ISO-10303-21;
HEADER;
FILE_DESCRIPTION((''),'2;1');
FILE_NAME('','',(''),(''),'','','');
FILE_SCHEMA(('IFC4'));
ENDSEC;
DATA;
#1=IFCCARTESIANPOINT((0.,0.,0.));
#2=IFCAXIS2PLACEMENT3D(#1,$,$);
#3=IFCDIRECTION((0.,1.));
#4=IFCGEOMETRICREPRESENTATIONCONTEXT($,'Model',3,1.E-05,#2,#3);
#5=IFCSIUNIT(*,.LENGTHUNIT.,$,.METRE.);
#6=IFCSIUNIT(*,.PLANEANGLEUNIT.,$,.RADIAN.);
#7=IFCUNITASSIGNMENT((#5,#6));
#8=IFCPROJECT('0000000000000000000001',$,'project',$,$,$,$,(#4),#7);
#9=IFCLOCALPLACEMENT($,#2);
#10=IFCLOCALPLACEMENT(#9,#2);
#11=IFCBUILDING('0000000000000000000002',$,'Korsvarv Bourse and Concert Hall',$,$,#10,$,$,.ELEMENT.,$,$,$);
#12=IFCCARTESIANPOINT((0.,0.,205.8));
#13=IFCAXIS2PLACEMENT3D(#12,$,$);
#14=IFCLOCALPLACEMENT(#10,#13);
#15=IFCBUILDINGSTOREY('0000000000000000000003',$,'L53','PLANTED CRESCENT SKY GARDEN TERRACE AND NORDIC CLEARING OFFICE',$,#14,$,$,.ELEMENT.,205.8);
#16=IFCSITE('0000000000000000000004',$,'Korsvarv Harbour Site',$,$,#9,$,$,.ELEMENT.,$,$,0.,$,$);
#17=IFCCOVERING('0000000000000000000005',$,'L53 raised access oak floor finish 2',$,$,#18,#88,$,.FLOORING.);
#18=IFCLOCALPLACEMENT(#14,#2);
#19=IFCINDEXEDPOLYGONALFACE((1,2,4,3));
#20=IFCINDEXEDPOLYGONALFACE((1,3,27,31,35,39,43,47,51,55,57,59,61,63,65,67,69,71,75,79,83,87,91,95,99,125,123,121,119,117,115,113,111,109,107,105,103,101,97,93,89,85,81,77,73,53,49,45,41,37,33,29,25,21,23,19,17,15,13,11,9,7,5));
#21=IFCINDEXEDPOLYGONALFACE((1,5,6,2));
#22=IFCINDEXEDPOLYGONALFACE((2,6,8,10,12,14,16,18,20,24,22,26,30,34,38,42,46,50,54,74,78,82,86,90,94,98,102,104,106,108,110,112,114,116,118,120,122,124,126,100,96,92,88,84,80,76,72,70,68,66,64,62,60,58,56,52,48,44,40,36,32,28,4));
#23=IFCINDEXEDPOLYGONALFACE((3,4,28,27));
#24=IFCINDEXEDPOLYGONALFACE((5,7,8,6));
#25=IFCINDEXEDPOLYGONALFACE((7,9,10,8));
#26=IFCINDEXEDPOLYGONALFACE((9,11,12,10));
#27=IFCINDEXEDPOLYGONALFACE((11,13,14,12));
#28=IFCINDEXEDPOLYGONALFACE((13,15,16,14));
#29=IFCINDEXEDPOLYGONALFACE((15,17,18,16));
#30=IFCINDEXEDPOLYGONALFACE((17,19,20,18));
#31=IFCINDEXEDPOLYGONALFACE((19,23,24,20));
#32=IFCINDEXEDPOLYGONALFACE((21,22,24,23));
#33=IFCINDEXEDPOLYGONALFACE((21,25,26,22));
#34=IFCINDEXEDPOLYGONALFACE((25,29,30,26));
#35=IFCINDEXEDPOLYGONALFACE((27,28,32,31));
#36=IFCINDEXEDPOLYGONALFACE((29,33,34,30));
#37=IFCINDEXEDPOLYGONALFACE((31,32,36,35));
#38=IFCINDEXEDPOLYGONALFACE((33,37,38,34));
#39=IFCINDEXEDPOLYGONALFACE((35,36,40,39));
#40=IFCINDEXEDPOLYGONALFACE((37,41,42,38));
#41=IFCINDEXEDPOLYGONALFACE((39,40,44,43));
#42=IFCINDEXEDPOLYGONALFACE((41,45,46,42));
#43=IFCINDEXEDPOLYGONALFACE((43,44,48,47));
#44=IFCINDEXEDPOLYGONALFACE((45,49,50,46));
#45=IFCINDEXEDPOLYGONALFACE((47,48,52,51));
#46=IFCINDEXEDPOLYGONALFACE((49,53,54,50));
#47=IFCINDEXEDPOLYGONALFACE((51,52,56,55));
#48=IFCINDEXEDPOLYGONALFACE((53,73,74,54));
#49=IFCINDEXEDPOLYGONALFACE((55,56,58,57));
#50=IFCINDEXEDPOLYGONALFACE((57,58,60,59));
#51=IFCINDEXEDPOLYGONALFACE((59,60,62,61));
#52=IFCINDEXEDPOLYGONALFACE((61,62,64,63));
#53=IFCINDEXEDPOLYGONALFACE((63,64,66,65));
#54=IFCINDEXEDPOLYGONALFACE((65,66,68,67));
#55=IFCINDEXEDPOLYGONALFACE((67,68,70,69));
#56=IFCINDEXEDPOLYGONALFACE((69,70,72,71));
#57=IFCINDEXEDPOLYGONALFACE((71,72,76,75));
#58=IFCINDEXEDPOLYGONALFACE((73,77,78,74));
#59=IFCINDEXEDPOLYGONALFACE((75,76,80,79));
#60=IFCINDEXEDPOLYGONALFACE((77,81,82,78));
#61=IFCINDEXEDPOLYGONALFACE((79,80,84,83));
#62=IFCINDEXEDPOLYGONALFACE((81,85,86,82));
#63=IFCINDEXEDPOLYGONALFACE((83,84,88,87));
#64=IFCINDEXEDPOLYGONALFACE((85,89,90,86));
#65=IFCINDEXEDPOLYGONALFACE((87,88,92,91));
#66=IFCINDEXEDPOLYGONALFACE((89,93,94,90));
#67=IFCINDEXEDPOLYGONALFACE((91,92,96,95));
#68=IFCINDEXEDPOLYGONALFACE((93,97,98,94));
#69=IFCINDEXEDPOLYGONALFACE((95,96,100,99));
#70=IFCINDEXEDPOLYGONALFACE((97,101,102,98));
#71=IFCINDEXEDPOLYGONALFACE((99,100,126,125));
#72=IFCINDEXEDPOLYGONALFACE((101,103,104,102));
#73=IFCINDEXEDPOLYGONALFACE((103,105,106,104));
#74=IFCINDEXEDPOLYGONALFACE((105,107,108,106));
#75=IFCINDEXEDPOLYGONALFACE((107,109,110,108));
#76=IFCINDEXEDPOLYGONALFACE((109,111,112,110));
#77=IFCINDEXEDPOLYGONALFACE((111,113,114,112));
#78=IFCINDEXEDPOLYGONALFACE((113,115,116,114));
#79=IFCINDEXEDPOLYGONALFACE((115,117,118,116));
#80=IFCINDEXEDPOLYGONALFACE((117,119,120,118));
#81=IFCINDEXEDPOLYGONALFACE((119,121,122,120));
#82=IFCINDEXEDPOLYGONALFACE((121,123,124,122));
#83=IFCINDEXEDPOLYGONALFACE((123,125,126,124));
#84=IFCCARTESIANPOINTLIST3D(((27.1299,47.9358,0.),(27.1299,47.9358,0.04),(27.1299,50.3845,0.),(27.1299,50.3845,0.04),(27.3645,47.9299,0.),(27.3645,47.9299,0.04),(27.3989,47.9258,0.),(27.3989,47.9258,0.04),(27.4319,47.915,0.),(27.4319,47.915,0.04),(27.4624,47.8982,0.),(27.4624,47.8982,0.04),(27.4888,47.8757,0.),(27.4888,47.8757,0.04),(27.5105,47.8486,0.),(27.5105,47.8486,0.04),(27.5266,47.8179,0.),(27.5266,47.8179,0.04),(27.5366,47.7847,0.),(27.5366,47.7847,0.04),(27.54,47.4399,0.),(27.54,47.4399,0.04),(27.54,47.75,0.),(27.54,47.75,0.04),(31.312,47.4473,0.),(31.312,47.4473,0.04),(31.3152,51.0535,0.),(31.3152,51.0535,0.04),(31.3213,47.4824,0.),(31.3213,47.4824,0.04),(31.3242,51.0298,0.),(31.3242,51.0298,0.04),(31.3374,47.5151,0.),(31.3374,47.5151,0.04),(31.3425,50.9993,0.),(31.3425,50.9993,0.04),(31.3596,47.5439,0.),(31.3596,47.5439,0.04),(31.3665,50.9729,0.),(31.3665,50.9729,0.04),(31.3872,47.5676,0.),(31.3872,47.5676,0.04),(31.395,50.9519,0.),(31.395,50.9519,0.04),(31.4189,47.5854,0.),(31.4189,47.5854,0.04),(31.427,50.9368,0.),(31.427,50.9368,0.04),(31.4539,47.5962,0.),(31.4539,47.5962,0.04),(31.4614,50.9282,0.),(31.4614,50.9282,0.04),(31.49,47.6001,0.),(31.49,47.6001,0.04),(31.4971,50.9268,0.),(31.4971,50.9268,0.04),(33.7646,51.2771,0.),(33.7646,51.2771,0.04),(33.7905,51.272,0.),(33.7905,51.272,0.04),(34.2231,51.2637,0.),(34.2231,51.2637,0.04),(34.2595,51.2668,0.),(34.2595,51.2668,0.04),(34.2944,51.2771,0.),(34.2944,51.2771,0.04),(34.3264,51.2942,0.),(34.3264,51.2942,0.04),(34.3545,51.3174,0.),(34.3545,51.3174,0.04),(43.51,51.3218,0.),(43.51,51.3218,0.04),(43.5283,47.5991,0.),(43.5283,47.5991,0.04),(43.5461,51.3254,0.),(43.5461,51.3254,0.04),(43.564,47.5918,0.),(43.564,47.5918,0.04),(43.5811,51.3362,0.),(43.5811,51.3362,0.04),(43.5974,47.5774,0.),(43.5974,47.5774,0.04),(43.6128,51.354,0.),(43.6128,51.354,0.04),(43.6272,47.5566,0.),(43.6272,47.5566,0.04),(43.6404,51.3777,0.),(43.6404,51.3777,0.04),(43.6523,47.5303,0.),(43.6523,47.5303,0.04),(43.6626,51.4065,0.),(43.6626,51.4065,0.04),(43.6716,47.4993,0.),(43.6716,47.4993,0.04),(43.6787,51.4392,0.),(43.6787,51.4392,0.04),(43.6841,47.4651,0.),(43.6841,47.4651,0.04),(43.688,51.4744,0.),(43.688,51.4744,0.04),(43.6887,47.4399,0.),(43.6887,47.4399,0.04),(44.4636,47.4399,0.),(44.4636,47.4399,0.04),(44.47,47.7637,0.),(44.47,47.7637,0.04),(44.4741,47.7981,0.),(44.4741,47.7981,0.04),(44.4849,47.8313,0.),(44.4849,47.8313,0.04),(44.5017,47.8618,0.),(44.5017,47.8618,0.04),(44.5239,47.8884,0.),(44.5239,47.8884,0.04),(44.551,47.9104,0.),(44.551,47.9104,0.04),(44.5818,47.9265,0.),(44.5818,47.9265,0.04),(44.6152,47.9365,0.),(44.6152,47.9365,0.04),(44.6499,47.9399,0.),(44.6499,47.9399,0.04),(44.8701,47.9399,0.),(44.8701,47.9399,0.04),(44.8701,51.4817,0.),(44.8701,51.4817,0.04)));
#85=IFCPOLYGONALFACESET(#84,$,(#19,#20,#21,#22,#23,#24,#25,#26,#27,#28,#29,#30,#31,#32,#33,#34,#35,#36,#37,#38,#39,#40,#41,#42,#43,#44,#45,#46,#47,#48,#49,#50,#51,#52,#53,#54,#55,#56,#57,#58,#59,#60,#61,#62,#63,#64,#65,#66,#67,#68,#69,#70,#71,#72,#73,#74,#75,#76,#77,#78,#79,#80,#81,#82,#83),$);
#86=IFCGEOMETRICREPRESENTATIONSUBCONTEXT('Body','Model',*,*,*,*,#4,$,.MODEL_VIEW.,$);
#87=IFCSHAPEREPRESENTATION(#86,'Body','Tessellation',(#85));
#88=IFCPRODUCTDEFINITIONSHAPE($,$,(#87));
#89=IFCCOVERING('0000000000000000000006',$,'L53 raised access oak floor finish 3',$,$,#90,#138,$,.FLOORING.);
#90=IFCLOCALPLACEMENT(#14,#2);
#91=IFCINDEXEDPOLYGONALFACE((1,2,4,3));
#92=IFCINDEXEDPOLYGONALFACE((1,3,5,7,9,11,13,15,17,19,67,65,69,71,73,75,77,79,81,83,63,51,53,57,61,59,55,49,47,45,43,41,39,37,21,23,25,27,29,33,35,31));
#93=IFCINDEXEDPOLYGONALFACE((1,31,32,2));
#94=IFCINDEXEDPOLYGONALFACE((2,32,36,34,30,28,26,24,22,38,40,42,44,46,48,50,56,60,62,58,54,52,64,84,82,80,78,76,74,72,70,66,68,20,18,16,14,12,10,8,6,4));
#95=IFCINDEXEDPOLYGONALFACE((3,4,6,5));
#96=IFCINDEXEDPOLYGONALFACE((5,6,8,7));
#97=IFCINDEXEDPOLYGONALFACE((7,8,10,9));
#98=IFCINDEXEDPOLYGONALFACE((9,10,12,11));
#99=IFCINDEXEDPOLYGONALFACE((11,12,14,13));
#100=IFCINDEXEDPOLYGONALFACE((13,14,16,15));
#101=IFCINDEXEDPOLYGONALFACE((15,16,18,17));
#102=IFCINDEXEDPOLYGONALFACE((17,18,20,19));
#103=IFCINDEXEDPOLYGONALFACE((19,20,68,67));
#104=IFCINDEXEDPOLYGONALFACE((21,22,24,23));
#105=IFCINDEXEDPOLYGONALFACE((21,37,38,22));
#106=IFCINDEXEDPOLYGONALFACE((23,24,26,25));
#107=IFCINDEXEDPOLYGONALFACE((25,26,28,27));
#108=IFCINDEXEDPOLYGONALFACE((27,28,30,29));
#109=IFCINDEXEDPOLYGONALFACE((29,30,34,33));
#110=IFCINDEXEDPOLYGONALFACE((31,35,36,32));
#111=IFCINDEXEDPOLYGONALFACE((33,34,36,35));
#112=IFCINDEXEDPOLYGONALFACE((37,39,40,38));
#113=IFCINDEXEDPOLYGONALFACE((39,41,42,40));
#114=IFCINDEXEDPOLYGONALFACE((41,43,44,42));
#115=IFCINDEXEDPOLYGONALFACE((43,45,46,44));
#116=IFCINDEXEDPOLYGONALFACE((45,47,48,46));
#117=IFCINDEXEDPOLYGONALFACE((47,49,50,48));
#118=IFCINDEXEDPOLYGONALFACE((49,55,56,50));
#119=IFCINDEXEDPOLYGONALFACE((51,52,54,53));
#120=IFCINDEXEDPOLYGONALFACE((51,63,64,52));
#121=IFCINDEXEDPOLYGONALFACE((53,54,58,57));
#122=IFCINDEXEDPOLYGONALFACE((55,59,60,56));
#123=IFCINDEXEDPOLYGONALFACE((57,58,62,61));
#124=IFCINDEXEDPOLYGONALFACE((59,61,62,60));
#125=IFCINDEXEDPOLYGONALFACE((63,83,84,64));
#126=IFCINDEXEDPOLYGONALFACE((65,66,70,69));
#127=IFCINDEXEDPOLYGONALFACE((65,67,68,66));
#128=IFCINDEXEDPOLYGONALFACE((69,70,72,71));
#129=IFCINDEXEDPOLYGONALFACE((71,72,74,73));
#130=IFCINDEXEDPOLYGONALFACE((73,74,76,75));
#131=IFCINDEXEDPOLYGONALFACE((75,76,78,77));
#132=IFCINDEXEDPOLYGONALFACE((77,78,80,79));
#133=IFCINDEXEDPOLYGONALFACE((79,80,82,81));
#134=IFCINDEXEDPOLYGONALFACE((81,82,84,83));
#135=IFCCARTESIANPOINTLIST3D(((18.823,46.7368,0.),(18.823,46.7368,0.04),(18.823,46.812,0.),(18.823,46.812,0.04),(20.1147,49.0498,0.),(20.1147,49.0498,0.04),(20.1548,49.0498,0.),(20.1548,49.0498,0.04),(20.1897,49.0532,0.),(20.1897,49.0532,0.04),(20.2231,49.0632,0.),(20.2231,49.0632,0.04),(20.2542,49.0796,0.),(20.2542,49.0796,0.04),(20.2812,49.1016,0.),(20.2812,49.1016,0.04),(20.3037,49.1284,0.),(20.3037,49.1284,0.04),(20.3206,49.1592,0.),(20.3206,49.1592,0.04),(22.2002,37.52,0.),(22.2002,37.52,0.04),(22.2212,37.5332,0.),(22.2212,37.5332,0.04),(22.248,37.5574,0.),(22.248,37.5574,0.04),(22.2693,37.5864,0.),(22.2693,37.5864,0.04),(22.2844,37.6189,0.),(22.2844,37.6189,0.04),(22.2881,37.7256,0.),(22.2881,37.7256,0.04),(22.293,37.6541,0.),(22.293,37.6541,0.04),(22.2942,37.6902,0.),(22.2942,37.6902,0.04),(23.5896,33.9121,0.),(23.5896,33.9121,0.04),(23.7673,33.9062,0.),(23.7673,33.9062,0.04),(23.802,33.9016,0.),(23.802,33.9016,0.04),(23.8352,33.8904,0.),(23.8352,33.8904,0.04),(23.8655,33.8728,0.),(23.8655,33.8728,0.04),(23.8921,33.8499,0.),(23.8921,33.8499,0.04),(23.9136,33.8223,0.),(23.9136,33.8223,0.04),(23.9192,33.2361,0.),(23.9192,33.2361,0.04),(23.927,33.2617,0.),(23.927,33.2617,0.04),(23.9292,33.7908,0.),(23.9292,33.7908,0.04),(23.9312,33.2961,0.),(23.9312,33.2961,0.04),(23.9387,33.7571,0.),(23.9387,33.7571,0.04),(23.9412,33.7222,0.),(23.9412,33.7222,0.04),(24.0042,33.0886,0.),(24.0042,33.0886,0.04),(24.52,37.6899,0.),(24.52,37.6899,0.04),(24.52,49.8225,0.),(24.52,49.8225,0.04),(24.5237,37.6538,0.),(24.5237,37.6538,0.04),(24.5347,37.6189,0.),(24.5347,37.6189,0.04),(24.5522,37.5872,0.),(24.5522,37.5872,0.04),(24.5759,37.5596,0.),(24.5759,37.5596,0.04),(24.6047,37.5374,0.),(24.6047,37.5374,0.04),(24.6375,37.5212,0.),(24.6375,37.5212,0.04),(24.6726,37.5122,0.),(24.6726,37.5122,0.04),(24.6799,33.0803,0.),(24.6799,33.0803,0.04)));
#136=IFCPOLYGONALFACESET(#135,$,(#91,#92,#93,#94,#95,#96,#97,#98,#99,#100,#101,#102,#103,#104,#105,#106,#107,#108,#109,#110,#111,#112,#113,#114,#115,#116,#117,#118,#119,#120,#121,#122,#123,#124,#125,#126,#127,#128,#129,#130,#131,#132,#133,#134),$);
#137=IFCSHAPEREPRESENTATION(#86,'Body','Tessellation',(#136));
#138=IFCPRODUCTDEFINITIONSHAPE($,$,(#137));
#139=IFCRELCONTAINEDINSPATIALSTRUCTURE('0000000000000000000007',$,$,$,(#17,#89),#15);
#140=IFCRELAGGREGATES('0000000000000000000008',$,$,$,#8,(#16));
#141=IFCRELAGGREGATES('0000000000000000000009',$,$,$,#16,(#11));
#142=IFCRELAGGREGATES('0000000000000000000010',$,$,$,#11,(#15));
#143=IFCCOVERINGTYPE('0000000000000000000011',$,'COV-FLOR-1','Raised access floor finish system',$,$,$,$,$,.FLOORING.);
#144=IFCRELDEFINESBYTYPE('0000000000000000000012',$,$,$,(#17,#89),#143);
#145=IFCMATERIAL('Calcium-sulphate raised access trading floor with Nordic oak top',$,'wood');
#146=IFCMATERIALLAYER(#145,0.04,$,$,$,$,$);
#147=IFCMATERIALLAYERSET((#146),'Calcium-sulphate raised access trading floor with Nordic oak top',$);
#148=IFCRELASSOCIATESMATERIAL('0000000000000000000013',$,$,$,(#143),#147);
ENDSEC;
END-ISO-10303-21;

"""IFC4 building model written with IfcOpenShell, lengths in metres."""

from ifc_helpers import new_model, si_unit, direction, frame, origin, place, context, subcontext, project, spatial, polyline, outline, extrude, material, layer, layer_set, type_object, element, save


model = new_model("IFC4")

# Units and contexts
model_context = context("Model", 3, precision=1e-05, world=origin(), true_north=direction((0.0, 1.0)))
body_context = subcontext(model_context, "Body", "Model", "MODEL_VIEW")
ifc_project = project(units=[si_unit("LENGTHUNIT", "METRE"), si_unit("PLANEANGLEUNIT", "RADIAN")], contexts=[model_context])

# Site, building, storey
site_placement = place(None, origin())
site = spatial("IfcSite", under=ifc_project, at=site_placement, Name="Korsvarv Harbour Site", CompositionType="ELEMENT", RefElevation=0.0)
building_placement = place(site_placement, origin())
building = spatial("IfcBuilding", under=site, at=building_placement, Name="Korsvarv Bourse and Concert Hall", CompositionType="ELEMENT")
storey_placement = place(building_placement, frame((0.0, 0.0, 205.8)))
storey = spatial("IfcBuildingStorey", under=building, at=storey_placement, Name="L53", Description="PLANTED CRESCENT SKY GARDEN TERRACE AND NORDIC CLEARING OFFICE", CompositionType="ELEMENT", Elevation=205.8)

# Coverings
ifc_material_1 = material(Name="Calcium-sulphate raised access trading floor with Nordic oak top", Category="wood")
ifc_layer_1 = layer(ifc_material_1, 0.04)
ifc_layer_set_1 = layer_set([ifc_layer_1], Name="Calcium-sulphate raised access trading floor with Nordic oak top")
covering_type_1 = type_object("IfcCoveringType", Name="COV-FLOR-1", Description="Raised access floor finish system", PredefinedType="FLOORING", material=ifc_layer_set_1)
covering_1_placement = place(storey_placement, origin())
element("IfcCovering", 1, at=covering_1_placement, inside=storey, type_object=covering_type_1, Name="L53 raised access oak floor finish 2", PredefinedType="FLOORING", context=body_context, shape_type="SweptSolid", body=[
    extrude(outline(polyline([(31.3152, 51.0535), (31.3242, 51.0298), (31.3425, 50.9993), (31.3665, 50.9729), (31.395, 50.9519), (31.427, 50.9368), (31.4614, 50.9282), (31.4971, 50.9268), (33.7646, 51.2771), (33.7905, 51.272), (34.2231, 51.2637), (34.2595, 51.2668), (34.2944, 51.2771), (34.3264, 51.2942), (34.3545, 51.3174), (43.51, 51.3218), (43.5461, 51.3254), (43.5811, 51.3362), (43.6128, 51.354), (43.6404, 51.3777), (43.6626, 51.4065), (43.6787, 51.4392), (43.688, 51.4744), (44.8701, 51.4817), (44.8701, 47.9399), (44.6499, 47.9399), (44.6152, 47.9365), (44.5818, 47.9265), (44.551, 47.9104), (44.5239, 47.8884), (44.5017, 47.8618), (44.4849, 47.8313), (44.4741, 47.7981), (44.47, 47.7637), (44.4636, 47.4399), (43.6887, 47.4399), (43.6841, 47.4651), (43.6716, 47.4993), (43.6523, 47.5303), (43.6272, 47.5566), (43.5974, 47.5774), (43.564, 47.5918), (43.5283, 47.5991), (31.49, 47.6001), (31.4539, 47.5962), (31.4189, 47.5854), (31.3872, 47.5676), (31.3596, 47.5439), (31.3374, 47.5151), (31.3213, 47.4824), (31.312, 47.4473), (27.54, 47.4399), (27.54, 47.75), (27.5366, 47.7847), (27.5266, 47.8179), (27.5105, 47.8486), (27.4888, 47.8757), (27.4624, 47.8982), (27.4319, 47.915), (27.3989, 47.9258), (27.3645, 47.9299), (27.1299, 47.9358), (27.1299, 50.3845), (31.3152, 51.0535)])), origin(), (0.0, 0.0, 1.0), 0.04),
])
covering_2_placement = place(storey_placement, origin())
element("IfcCovering", 2, at=covering_2_placement, inside=storey, type_object=covering_type_1, Name="L53 raised access oak floor finish 3", PredefinedType="FLOORING", context=body_context, shape_type="SweptSolid", body=[
    extrude(outline(polyline([(24.52, 49.8225), (24.52, 37.6899), (24.5237, 37.6538), (24.5347, 37.6189), (24.5522, 37.5872), (24.5759, 37.5596), (24.6047, 37.5374), (24.6375, 37.5212), (24.6726, 37.5122), (24.6799, 33.0803), (24.0042, 33.0886), (23.9192, 33.2361), (23.927, 33.2617), (23.9312, 33.2961), (23.9412, 33.7222), (23.9387, 33.7571), (23.9292, 33.7908), (23.9136, 33.8223), (23.8921, 33.8499), (23.8655, 33.8728), (23.8352, 33.8904), (23.802, 33.9016), (23.7673, 33.9062), (23.5896, 33.9121), (22.2002, 37.52), (22.2212, 37.5332), (22.248, 37.5574), (22.2693, 37.5864), (22.2844, 37.6189), (22.293, 37.6541), (22.2942, 37.6902), (22.2881, 37.7256), (18.823, 46.7368), (18.823, 46.812), (20.1147, 49.0498), (20.1548, 49.0498), (20.1897, 49.0532), (20.2231, 49.0632), (20.2542, 49.0796), (20.2812, 49.1016), (20.3037, 49.1284), (20.3206, 49.1592), (24.52, 49.8225)])), origin(), (0.0, 0.0, 1.0), 0.04),
])

save(model, "model.ifc")
